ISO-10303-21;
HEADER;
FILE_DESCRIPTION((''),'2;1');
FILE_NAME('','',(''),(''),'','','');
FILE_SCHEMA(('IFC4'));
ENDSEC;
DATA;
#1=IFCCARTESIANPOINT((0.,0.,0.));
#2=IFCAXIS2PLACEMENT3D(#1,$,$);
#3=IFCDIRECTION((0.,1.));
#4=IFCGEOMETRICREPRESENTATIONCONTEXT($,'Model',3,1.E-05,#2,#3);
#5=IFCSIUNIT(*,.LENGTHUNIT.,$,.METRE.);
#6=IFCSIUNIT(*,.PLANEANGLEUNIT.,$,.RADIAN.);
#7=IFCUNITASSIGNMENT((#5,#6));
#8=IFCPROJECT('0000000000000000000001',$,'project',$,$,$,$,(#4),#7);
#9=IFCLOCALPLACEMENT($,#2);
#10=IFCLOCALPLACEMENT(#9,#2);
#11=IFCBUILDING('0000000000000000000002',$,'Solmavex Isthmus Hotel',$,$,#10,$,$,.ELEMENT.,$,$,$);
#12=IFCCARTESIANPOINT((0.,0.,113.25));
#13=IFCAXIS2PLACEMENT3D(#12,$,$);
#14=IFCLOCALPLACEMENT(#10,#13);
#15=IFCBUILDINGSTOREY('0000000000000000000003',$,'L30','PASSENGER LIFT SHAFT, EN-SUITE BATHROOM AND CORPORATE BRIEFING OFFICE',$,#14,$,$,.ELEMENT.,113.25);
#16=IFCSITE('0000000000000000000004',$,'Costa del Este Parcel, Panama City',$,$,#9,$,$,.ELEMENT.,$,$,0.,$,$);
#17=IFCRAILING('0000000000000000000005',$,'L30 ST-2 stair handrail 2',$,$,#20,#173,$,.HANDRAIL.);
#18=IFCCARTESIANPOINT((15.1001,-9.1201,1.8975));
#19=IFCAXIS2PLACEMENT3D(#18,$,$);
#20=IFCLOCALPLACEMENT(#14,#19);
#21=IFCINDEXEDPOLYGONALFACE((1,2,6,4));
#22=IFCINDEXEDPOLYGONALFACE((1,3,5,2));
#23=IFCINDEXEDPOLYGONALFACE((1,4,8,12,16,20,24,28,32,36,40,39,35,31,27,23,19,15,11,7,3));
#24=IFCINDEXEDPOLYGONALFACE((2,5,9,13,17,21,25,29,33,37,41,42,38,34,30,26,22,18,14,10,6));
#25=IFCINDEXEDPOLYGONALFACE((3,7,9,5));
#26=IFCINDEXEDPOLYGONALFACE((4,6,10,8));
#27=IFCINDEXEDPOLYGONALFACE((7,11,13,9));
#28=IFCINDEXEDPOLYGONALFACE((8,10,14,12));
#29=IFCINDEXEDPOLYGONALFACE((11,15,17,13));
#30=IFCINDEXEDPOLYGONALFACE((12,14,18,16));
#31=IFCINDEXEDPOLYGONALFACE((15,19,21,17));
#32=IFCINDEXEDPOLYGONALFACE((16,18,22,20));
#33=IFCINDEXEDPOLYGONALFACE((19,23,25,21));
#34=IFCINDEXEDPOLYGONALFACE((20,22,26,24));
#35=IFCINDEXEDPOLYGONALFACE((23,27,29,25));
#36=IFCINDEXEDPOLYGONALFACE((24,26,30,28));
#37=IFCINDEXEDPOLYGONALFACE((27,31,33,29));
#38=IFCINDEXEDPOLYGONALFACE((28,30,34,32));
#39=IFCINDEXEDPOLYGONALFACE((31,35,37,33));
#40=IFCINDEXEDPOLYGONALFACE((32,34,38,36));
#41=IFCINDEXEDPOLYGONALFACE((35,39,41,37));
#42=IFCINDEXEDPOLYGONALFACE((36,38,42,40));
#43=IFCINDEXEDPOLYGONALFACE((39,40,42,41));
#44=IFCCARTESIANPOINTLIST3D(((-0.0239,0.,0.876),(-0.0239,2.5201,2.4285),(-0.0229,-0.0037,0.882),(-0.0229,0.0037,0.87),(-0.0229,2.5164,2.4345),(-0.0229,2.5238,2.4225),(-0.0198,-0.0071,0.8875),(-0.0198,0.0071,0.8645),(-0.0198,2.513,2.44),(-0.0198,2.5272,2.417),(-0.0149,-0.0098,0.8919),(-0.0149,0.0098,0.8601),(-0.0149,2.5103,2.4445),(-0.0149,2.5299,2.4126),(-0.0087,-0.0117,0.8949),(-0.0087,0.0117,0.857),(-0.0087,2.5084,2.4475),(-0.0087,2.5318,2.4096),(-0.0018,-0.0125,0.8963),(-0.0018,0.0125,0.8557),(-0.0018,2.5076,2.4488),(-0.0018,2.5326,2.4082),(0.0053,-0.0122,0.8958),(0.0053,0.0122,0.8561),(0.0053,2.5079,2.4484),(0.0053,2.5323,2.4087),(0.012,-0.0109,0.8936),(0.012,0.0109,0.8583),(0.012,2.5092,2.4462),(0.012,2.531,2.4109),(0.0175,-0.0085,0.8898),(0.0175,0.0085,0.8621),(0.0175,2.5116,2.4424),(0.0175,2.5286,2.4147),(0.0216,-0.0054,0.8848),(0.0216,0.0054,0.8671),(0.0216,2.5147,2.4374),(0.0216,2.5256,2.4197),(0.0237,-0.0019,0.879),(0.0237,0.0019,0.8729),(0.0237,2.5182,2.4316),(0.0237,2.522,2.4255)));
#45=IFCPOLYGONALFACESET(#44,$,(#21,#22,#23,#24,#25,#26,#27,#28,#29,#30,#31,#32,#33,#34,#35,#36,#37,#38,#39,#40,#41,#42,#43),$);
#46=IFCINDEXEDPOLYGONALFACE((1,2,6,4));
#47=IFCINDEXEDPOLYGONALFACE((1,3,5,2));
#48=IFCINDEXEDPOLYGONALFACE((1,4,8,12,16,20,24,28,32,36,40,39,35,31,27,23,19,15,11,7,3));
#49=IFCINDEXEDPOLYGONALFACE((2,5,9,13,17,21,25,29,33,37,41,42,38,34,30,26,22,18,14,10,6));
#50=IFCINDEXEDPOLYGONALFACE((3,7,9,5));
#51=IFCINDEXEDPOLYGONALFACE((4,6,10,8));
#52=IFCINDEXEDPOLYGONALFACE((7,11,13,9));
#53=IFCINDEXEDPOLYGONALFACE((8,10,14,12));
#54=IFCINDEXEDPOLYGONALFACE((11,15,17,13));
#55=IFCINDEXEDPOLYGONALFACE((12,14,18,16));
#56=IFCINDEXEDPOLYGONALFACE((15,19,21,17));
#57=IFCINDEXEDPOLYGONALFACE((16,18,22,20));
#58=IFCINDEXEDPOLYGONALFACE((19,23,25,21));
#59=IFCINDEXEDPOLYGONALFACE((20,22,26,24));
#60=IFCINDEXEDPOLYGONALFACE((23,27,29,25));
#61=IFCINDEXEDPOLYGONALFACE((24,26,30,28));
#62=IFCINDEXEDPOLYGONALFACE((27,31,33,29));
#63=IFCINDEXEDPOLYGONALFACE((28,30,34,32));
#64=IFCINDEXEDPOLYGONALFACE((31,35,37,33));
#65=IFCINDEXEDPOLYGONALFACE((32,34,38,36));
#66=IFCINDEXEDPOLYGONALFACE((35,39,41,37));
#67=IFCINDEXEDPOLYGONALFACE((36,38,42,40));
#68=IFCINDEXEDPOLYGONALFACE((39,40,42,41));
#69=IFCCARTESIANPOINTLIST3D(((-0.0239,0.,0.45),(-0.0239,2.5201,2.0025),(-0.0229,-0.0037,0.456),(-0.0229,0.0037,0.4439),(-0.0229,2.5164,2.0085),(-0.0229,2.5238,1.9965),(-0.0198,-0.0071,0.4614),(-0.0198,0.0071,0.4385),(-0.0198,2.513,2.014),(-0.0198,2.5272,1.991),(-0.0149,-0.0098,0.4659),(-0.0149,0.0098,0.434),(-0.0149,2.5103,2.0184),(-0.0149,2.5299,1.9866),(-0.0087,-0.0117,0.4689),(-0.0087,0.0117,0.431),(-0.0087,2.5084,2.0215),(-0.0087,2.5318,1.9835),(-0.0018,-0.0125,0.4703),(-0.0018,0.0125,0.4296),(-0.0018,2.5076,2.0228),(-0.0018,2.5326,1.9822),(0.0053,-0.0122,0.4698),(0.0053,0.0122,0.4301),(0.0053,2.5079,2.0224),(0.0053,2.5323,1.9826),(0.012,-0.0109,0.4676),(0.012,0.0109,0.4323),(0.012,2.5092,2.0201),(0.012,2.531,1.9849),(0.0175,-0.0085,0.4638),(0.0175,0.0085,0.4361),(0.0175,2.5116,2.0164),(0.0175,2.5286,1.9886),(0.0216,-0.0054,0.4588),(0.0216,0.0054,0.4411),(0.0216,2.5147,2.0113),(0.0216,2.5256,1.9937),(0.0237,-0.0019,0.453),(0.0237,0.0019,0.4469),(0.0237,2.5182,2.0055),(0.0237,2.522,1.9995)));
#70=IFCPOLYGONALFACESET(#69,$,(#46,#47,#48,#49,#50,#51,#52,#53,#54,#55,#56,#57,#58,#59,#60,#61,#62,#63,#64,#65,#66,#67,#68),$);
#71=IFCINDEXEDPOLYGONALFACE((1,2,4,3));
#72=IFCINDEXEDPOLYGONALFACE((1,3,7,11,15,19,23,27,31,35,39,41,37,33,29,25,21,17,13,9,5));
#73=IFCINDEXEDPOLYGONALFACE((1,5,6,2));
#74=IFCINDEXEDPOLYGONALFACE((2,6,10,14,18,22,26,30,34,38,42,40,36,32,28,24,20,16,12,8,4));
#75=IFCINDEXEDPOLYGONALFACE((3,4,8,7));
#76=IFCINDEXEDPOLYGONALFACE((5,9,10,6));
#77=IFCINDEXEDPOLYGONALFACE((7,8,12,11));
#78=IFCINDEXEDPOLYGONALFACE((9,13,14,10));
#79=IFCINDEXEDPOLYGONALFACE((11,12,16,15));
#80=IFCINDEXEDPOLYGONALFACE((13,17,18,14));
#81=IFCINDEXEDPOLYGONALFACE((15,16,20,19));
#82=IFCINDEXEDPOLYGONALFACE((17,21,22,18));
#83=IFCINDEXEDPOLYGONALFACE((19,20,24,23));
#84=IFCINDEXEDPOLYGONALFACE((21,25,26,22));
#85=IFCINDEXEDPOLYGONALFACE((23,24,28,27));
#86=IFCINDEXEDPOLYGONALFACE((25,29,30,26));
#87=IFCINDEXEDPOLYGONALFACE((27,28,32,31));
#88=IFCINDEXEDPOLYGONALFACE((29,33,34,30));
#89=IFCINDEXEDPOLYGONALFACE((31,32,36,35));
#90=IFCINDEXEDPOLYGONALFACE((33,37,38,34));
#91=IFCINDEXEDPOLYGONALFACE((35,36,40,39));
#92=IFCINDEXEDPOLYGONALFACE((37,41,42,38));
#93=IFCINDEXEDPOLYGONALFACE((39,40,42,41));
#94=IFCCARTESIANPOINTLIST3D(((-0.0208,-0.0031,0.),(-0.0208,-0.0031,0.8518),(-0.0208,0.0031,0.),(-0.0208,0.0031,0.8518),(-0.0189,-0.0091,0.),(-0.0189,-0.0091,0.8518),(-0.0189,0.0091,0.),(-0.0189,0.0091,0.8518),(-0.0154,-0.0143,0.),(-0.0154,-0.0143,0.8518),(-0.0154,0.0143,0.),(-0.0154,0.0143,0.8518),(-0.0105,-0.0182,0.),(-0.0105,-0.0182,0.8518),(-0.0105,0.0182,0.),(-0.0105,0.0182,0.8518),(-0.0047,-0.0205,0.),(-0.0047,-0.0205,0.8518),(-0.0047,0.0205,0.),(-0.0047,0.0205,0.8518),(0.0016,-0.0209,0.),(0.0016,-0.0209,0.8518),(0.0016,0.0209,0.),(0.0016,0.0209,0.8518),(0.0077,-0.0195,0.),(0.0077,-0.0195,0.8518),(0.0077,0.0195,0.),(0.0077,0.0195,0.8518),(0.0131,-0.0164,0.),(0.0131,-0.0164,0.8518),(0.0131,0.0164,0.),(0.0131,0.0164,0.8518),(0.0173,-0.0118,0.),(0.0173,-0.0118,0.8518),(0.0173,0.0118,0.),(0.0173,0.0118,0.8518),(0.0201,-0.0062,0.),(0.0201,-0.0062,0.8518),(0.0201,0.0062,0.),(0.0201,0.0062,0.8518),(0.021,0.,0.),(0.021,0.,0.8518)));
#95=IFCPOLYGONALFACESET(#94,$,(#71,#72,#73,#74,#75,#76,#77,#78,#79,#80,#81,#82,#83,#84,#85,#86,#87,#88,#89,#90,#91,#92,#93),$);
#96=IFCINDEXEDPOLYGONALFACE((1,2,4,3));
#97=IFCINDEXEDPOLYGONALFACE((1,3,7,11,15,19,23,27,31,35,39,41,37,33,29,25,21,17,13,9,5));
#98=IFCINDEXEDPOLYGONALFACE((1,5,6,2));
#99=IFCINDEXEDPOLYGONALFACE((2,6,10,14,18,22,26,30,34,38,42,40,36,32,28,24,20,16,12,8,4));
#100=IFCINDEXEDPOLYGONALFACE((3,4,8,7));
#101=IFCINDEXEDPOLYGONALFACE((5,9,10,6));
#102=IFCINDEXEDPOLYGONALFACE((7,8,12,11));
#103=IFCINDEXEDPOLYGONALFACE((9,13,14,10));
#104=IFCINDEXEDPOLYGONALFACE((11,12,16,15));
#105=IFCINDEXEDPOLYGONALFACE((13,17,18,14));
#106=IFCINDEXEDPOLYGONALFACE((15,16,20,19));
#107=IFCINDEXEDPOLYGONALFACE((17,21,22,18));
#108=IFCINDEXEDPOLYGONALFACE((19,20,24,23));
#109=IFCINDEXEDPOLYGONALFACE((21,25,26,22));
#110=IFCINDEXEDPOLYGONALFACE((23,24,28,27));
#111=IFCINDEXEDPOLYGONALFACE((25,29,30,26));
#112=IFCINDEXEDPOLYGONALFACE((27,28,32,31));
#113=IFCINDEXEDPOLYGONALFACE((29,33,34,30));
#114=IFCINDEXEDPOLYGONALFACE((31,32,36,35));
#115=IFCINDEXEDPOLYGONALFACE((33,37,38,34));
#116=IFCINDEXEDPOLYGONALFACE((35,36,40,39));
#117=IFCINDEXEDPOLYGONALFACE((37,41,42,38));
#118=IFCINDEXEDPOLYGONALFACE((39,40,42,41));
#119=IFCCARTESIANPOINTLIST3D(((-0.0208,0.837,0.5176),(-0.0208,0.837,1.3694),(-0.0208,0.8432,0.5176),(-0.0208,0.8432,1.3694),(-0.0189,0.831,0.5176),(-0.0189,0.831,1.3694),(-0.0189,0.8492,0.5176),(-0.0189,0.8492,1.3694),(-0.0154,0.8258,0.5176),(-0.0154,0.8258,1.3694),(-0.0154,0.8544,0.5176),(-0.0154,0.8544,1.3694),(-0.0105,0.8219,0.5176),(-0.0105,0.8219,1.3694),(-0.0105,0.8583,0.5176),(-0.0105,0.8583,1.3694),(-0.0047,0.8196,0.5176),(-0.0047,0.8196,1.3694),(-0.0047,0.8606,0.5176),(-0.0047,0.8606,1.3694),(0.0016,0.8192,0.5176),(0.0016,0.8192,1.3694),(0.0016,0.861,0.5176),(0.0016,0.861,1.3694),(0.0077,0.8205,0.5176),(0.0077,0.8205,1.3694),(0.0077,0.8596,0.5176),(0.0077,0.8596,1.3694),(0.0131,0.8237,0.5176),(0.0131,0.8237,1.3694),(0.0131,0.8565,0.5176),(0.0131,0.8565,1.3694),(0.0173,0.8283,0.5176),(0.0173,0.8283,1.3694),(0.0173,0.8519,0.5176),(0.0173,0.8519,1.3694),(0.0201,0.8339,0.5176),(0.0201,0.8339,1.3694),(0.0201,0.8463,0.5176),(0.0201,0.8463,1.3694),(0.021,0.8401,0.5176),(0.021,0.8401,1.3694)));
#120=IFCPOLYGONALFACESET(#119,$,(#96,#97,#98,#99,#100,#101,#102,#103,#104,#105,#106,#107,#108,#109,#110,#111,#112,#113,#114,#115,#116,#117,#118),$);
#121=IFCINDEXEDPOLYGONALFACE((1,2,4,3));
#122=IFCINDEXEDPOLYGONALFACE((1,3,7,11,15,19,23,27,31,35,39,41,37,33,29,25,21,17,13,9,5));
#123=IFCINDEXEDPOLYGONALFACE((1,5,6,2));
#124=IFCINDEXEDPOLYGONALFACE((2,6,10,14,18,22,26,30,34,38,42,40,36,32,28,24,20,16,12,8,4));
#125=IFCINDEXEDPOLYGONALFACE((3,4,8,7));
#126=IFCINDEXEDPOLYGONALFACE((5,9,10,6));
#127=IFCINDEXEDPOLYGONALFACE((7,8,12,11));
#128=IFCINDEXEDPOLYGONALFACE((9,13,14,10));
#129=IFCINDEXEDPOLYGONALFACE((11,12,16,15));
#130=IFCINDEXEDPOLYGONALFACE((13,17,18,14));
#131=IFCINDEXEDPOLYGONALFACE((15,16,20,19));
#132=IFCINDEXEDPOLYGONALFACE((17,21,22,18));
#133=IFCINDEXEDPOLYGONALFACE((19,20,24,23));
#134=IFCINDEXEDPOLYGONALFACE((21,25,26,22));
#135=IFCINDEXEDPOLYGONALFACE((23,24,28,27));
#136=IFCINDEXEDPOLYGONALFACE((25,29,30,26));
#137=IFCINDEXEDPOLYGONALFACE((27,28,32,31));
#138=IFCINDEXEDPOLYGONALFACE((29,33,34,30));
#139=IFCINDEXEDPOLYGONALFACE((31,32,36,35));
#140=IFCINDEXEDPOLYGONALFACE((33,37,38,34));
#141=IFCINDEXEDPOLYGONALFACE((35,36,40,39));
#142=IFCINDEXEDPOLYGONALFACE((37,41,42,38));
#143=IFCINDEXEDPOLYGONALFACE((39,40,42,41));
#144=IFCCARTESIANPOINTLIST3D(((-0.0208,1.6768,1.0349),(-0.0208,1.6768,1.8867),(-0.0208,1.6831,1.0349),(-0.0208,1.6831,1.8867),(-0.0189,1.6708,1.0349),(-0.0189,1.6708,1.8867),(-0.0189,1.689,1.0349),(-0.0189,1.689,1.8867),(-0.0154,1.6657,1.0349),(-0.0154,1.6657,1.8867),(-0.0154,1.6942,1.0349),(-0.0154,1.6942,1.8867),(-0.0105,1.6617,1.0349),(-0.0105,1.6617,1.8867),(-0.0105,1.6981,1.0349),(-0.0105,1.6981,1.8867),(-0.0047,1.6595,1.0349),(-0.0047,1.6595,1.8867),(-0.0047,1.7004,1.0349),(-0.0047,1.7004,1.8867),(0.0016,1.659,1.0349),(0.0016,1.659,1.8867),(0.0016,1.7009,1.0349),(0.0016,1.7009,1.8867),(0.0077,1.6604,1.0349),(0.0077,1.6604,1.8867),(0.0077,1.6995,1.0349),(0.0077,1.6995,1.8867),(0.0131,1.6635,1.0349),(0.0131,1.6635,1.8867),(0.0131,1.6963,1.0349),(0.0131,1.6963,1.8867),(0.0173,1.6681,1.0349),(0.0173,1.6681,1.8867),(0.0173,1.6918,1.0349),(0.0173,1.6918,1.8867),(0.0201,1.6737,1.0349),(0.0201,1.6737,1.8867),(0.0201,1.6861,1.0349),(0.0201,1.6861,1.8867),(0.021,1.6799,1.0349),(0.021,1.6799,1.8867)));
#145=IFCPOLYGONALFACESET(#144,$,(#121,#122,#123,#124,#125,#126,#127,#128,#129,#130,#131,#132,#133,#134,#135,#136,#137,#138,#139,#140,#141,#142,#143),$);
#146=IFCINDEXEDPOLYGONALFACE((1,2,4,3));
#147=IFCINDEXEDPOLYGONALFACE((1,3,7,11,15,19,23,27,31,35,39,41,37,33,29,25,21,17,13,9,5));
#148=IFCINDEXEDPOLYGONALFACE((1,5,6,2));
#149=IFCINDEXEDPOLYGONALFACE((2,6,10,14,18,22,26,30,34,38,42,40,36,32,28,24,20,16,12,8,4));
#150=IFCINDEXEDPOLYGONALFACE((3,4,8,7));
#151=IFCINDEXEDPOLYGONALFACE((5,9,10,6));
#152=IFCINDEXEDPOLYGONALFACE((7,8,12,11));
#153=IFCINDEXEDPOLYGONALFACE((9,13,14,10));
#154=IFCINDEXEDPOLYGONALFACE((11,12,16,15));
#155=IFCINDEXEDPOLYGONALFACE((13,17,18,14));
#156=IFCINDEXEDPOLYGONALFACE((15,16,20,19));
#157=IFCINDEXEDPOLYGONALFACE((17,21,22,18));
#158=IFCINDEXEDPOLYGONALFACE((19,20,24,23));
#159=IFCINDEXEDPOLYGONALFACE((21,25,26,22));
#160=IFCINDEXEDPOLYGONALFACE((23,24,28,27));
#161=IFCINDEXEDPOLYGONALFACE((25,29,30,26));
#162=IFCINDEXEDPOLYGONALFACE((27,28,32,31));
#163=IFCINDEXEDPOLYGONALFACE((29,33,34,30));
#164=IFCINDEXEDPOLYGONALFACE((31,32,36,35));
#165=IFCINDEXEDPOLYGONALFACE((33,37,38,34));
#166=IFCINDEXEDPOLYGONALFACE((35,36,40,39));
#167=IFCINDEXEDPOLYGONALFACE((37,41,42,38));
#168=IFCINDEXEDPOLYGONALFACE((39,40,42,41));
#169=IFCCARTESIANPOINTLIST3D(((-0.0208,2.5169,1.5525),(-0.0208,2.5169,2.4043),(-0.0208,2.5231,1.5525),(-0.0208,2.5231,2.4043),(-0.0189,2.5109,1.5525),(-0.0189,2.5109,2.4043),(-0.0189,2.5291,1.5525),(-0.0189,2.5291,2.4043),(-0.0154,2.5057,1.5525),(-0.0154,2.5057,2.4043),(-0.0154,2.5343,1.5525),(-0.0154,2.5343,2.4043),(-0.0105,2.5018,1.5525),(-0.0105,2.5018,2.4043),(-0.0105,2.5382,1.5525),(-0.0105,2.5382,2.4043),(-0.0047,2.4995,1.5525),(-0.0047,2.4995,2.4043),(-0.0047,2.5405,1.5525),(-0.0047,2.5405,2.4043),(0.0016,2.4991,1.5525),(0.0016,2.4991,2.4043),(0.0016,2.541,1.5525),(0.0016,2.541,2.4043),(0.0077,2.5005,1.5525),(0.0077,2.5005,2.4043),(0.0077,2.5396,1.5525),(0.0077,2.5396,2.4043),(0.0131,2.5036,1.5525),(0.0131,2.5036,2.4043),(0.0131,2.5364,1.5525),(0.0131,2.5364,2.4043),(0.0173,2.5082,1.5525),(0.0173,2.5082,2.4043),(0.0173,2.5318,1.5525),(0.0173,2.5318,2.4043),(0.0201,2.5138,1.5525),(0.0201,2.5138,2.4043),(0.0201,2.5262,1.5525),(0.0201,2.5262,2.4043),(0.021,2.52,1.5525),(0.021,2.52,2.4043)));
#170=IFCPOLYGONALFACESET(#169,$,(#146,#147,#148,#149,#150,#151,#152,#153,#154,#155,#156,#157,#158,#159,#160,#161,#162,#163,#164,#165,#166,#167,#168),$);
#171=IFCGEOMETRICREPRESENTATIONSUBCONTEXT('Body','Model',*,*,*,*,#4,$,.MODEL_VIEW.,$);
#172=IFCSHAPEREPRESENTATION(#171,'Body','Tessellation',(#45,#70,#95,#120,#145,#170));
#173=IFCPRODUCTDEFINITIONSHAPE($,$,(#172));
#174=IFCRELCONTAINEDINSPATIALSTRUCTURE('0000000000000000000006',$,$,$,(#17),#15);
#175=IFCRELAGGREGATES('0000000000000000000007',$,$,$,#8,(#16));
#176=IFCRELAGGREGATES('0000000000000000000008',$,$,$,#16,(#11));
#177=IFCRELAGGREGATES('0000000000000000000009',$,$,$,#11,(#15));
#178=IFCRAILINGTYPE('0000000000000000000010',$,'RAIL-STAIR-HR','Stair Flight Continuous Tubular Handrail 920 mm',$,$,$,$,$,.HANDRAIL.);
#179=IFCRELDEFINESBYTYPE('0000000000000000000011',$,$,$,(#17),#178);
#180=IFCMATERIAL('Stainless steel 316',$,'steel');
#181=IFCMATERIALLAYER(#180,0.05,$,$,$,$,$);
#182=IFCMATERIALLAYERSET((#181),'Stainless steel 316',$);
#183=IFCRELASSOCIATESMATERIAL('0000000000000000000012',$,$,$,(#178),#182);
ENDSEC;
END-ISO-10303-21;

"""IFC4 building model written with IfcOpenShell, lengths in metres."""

from ifc_helpers import new_model, si_unit, direction, frame, origin, origin_2d, place, context, subcontext, project, spatial, circle, extrude, material, layer, layer_set, type_object, element, save


model = new_model("IFC4")

# Units and contexts
model_context = context("Model", 3, precision=1e-05, world=origin(), true_north=direction((0.0, 1.0)))
body_context = subcontext(model_context, "Body", "Model", "MODEL_VIEW")
ifc_project = project(units=[si_unit("LENGTHUNIT", "METRE"), si_unit("PLANEANGLEUNIT", "RADIAN")], contexts=[model_context])

# Site, building, storey
site_placement = place(None, origin())
site = spatial("IfcSite", under=ifc_project, at=site_placement, Name="Costa del Este Parcel, Panama City", CompositionType="ELEMENT", RefElevation=0.0)
building_placement = place(site_placement, origin())
building = spatial("IfcBuilding", under=site, at=building_placement, Name="Solmavex Isthmus Hotel", CompositionType="ELEMENT")
storey_placement = place(building_placement, frame((0.0, 0.0, 113.25)))
storey = spatial("IfcBuildingStorey", under=building, at=storey_placement, Name="L30", Description="PASSENGER LIFT SHAFT, EN-SUITE BATHROOM AND CORPORATE BRIEFING OFFICE", CompositionType="ELEMENT", Elevation=113.25)

# Shared definitions
ifc_material_1 = material(Name="Stainless steel 316", Category="steel")

# Railing
ifc_layer_1 = layer(ifc_material_1, 0.05)
ifc_layer_set_1 = layer_set([ifc_layer_1], Name="Stainless steel 316")
railing_type_1 = type_object("IfcRailingType", Name="RAIL-STAIR-HR", Description="Stair Flight Continuous Tubular Handrail 920 mm", PredefinedType="HANDRAIL", material=ifc_layer_set_1)
railing_1_placement = place(storey_placement, frame((15.1001, -9.1201, 1.8975)))
element("IfcRailing", 1, at=railing_1_placement, inside=storey, type_object=railing_type_1, Name="L30 ST-2 stair handrail 2", PredefinedType="HANDRAIL", context=body_context, shape_type="SweptSolid", body=[
    extrude(circle(Radius=0.0239, at=origin_2d()), frame((0.0, 0.0, 0.876), z_axis=(0.0, 0.8514, 0.524516), x_axis=(-1.0, 0.0, 0.0)), (0.0, 0.0, 1.0), 2.96),
    extrude(circle(Radius=0.0239, at=origin_2d()), frame((0.0, 0.0, 0.45), z_axis=(0.0, 0.8514, 0.524516), x_axis=(-1.0, 0.0, 0.0)), (0.0, 0.0, 1.0), 2.96),
    extrude(circle(Radius=0.021, at=origin_2d()), origin(), (0.0, 0.0, 1.0), 0.8518),
    extrude(circle(Radius=0.021, at=origin_2d()), frame((0.0, 0.8401, 0.5176)), (0.0, 0.0, 1.0), 0.8518),
    extrude(circle(Radius=0.021, at=origin_2d()), frame((0.0, 1.6799, 1.0349)), (0.0, 0.0, 1.0), 0.8518),
    extrude(circle(Radius=0.021, at=origin_2d()), frame((0.0, 2.52, 1.5525)), (0.0, 0.0, 1.0), 0.8518),
])

save(model, "model.ifc")
